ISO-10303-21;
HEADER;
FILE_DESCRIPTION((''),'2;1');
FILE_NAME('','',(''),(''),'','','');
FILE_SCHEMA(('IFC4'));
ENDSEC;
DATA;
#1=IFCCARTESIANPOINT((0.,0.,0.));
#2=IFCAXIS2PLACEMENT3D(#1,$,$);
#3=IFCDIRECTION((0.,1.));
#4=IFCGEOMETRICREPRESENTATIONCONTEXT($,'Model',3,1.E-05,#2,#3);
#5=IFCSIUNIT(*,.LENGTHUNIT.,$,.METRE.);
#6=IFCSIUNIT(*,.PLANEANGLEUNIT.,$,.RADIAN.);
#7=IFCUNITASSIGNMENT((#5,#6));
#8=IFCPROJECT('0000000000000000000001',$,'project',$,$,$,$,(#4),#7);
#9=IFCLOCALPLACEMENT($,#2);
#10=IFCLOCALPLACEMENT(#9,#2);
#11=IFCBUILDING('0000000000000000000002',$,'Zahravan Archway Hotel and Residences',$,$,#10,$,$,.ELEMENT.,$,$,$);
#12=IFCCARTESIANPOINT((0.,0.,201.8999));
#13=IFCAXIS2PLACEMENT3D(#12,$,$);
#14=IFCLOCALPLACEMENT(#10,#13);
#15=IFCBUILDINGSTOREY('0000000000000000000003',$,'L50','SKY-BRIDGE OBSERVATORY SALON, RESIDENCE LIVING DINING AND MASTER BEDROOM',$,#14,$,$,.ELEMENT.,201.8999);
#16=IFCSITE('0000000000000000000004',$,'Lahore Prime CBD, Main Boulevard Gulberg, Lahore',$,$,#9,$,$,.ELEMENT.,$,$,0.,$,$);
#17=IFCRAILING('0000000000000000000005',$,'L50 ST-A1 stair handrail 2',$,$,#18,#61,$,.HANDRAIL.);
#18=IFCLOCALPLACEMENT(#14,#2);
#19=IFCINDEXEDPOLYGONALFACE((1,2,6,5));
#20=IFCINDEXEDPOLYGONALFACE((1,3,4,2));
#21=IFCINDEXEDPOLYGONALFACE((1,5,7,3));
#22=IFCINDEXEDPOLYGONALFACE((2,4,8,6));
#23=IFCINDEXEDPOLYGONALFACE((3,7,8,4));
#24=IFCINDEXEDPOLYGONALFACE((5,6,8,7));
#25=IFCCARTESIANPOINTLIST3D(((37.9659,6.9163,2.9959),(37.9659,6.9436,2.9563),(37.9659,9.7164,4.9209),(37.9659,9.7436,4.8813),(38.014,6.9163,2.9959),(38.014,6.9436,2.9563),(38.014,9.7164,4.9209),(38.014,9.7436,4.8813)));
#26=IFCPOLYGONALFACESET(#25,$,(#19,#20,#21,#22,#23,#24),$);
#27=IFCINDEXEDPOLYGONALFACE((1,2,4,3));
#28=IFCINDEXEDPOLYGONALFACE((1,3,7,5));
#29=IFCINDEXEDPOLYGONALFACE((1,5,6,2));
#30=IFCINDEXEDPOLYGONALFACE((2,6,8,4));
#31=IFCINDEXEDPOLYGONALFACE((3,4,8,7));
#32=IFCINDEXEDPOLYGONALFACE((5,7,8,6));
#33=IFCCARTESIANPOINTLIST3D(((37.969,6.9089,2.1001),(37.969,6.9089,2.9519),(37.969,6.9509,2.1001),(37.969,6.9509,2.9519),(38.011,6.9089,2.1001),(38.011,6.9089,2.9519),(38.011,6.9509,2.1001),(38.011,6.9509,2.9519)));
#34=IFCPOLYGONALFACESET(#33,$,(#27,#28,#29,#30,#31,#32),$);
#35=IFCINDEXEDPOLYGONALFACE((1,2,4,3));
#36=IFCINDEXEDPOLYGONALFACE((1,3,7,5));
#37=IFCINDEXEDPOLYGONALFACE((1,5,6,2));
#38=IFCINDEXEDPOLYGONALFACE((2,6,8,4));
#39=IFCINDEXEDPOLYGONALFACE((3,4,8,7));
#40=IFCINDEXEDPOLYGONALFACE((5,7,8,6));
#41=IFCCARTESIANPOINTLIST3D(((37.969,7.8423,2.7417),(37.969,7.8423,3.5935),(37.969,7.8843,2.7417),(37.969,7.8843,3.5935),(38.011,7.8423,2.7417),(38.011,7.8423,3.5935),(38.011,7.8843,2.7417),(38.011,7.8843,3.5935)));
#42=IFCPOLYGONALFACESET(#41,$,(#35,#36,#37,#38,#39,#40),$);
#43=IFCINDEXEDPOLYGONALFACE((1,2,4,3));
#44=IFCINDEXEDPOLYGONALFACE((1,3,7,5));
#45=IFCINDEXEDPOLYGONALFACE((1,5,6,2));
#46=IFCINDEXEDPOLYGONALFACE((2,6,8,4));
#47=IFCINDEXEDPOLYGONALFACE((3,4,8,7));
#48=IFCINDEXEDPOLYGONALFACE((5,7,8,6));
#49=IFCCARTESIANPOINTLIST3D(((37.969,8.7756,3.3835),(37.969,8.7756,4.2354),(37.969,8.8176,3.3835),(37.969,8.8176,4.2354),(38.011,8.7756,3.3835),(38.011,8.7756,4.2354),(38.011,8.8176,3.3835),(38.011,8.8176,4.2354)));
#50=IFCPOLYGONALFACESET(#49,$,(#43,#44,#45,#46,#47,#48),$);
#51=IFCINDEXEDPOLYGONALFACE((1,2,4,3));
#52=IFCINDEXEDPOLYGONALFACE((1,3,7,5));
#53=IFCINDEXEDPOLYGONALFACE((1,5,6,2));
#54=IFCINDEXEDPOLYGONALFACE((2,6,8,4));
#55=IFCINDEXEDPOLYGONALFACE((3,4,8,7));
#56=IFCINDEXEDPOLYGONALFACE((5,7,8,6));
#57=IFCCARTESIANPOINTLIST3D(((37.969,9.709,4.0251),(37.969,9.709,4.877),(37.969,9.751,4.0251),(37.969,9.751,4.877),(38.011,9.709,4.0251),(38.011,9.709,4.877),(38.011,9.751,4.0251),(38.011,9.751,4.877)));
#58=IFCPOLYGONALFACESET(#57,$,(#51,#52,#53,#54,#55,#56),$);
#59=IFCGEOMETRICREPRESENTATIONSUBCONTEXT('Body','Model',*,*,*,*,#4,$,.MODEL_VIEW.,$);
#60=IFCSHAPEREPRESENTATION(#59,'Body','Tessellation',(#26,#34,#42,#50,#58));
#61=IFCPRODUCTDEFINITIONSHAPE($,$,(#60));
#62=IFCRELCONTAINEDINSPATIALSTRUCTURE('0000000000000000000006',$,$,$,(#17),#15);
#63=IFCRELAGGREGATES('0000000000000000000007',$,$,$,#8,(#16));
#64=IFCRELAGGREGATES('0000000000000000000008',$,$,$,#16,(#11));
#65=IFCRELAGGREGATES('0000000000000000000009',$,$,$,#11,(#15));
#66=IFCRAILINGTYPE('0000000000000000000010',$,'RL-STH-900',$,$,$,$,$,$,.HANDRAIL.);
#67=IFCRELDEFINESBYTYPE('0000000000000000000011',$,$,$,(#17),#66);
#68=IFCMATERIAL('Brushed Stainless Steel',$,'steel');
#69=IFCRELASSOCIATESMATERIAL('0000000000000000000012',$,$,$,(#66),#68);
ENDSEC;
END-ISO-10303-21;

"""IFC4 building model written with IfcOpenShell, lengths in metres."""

from ifc_helpers import new_model, si_unit, direction, frame, origin, origin_2d, place, context, subcontext, project, spatial, rectangle, extrude, material, type_object, element, save


model = new_model("IFC4")

# Units and contexts
model_context = context("Model", 3, precision=1e-05, world=origin(), true_north=direction((0.0, 1.0)))
body_context = subcontext(model_context, "Body", "Model", "MODEL_VIEW")
ifc_project = project(units=[si_unit("LENGTHUNIT", "METRE"), si_unit("PLANEANGLEUNIT", "RADIAN")], contexts=[model_context])

# Site, building, storey
site_placement = place(None, origin())
site = spatial("IfcSite", under=ifc_project, at=site_placement, Name="Lahore Prime CBD, Main Boulevard Gulberg, Lahore", CompositionType="ELEMENT", RefElevation=0.0)
building_placement = place(site_placement, origin())
building = spatial("IfcBuilding", under=site, at=building_placement, Name="Zahravan Archway Hotel and Residences", CompositionType="ELEMENT")
storey_placement = place(building_placement, frame((0.0, 0.0, 201.8999)))
storey = spatial("IfcBuildingStorey", under=building, at=storey_placement, Name="L50", Description="SKY-BRIDGE OBSERVATORY SALON, RESIDENCE LIVING DINING AND MASTER BEDROOM", CompositionType="ELEMENT", Elevation=201.8999)

# Railing
ifc_material_1 = material(Name="Brushed Stainless Steel", Category="steel")
railing_type_1 = type_object("IfcRailingType", Name="RL-STH-900", PredefinedType="HANDRAIL", material=ifc_material_1)
railing_1_placement = place(storey_placement, frame((37.99, 6.9299, 2.1001)))
element("IfcRailing", 1, at=railing_1_placement, inside=storey, type_object=railing_type_1, Name="L50 ST-A1 stair handrail 2", PredefinedType="HANDRAIL", context=body_context, shape_type="SweptSolid", body=[
    extrude(rectangle(XDim=0.0481, YDim=0.0481, at=origin_2d()), frame((0.0, 0.0, 0.876), z_axis=(0.0, 0.82404, 0.566532), x_axis=(-1.0, 0.0, 0.0)), (0.0, 0.0, 1.0), 3.3979),
    extrude(rectangle(XDim=0.042, YDim=0.042, at=origin_2d()), origin(), (0.0, 0.0, 1.0), 0.8518),
    extrude(rectangle(XDim=0.042, YDim=0.042, at=origin_2d()), frame((0.0, 0.9333, 0.6416)), (0.0, 0.0, 1.0), 0.8518),
    extrude(rectangle(XDim=0.042, YDim=0.042, at=origin_2d()), frame((0.0, 1.8667, 1.2834)), (0.0, 0.0, 1.0), 0.8518),
    extrude(rectangle(XDim=0.042, YDim=0.042, at=origin_2d()), frame((0.0, 2.8, 1.925)), (0.0, 0.0, 1.0), 0.8518),
])

save(model, "model.ifc")
